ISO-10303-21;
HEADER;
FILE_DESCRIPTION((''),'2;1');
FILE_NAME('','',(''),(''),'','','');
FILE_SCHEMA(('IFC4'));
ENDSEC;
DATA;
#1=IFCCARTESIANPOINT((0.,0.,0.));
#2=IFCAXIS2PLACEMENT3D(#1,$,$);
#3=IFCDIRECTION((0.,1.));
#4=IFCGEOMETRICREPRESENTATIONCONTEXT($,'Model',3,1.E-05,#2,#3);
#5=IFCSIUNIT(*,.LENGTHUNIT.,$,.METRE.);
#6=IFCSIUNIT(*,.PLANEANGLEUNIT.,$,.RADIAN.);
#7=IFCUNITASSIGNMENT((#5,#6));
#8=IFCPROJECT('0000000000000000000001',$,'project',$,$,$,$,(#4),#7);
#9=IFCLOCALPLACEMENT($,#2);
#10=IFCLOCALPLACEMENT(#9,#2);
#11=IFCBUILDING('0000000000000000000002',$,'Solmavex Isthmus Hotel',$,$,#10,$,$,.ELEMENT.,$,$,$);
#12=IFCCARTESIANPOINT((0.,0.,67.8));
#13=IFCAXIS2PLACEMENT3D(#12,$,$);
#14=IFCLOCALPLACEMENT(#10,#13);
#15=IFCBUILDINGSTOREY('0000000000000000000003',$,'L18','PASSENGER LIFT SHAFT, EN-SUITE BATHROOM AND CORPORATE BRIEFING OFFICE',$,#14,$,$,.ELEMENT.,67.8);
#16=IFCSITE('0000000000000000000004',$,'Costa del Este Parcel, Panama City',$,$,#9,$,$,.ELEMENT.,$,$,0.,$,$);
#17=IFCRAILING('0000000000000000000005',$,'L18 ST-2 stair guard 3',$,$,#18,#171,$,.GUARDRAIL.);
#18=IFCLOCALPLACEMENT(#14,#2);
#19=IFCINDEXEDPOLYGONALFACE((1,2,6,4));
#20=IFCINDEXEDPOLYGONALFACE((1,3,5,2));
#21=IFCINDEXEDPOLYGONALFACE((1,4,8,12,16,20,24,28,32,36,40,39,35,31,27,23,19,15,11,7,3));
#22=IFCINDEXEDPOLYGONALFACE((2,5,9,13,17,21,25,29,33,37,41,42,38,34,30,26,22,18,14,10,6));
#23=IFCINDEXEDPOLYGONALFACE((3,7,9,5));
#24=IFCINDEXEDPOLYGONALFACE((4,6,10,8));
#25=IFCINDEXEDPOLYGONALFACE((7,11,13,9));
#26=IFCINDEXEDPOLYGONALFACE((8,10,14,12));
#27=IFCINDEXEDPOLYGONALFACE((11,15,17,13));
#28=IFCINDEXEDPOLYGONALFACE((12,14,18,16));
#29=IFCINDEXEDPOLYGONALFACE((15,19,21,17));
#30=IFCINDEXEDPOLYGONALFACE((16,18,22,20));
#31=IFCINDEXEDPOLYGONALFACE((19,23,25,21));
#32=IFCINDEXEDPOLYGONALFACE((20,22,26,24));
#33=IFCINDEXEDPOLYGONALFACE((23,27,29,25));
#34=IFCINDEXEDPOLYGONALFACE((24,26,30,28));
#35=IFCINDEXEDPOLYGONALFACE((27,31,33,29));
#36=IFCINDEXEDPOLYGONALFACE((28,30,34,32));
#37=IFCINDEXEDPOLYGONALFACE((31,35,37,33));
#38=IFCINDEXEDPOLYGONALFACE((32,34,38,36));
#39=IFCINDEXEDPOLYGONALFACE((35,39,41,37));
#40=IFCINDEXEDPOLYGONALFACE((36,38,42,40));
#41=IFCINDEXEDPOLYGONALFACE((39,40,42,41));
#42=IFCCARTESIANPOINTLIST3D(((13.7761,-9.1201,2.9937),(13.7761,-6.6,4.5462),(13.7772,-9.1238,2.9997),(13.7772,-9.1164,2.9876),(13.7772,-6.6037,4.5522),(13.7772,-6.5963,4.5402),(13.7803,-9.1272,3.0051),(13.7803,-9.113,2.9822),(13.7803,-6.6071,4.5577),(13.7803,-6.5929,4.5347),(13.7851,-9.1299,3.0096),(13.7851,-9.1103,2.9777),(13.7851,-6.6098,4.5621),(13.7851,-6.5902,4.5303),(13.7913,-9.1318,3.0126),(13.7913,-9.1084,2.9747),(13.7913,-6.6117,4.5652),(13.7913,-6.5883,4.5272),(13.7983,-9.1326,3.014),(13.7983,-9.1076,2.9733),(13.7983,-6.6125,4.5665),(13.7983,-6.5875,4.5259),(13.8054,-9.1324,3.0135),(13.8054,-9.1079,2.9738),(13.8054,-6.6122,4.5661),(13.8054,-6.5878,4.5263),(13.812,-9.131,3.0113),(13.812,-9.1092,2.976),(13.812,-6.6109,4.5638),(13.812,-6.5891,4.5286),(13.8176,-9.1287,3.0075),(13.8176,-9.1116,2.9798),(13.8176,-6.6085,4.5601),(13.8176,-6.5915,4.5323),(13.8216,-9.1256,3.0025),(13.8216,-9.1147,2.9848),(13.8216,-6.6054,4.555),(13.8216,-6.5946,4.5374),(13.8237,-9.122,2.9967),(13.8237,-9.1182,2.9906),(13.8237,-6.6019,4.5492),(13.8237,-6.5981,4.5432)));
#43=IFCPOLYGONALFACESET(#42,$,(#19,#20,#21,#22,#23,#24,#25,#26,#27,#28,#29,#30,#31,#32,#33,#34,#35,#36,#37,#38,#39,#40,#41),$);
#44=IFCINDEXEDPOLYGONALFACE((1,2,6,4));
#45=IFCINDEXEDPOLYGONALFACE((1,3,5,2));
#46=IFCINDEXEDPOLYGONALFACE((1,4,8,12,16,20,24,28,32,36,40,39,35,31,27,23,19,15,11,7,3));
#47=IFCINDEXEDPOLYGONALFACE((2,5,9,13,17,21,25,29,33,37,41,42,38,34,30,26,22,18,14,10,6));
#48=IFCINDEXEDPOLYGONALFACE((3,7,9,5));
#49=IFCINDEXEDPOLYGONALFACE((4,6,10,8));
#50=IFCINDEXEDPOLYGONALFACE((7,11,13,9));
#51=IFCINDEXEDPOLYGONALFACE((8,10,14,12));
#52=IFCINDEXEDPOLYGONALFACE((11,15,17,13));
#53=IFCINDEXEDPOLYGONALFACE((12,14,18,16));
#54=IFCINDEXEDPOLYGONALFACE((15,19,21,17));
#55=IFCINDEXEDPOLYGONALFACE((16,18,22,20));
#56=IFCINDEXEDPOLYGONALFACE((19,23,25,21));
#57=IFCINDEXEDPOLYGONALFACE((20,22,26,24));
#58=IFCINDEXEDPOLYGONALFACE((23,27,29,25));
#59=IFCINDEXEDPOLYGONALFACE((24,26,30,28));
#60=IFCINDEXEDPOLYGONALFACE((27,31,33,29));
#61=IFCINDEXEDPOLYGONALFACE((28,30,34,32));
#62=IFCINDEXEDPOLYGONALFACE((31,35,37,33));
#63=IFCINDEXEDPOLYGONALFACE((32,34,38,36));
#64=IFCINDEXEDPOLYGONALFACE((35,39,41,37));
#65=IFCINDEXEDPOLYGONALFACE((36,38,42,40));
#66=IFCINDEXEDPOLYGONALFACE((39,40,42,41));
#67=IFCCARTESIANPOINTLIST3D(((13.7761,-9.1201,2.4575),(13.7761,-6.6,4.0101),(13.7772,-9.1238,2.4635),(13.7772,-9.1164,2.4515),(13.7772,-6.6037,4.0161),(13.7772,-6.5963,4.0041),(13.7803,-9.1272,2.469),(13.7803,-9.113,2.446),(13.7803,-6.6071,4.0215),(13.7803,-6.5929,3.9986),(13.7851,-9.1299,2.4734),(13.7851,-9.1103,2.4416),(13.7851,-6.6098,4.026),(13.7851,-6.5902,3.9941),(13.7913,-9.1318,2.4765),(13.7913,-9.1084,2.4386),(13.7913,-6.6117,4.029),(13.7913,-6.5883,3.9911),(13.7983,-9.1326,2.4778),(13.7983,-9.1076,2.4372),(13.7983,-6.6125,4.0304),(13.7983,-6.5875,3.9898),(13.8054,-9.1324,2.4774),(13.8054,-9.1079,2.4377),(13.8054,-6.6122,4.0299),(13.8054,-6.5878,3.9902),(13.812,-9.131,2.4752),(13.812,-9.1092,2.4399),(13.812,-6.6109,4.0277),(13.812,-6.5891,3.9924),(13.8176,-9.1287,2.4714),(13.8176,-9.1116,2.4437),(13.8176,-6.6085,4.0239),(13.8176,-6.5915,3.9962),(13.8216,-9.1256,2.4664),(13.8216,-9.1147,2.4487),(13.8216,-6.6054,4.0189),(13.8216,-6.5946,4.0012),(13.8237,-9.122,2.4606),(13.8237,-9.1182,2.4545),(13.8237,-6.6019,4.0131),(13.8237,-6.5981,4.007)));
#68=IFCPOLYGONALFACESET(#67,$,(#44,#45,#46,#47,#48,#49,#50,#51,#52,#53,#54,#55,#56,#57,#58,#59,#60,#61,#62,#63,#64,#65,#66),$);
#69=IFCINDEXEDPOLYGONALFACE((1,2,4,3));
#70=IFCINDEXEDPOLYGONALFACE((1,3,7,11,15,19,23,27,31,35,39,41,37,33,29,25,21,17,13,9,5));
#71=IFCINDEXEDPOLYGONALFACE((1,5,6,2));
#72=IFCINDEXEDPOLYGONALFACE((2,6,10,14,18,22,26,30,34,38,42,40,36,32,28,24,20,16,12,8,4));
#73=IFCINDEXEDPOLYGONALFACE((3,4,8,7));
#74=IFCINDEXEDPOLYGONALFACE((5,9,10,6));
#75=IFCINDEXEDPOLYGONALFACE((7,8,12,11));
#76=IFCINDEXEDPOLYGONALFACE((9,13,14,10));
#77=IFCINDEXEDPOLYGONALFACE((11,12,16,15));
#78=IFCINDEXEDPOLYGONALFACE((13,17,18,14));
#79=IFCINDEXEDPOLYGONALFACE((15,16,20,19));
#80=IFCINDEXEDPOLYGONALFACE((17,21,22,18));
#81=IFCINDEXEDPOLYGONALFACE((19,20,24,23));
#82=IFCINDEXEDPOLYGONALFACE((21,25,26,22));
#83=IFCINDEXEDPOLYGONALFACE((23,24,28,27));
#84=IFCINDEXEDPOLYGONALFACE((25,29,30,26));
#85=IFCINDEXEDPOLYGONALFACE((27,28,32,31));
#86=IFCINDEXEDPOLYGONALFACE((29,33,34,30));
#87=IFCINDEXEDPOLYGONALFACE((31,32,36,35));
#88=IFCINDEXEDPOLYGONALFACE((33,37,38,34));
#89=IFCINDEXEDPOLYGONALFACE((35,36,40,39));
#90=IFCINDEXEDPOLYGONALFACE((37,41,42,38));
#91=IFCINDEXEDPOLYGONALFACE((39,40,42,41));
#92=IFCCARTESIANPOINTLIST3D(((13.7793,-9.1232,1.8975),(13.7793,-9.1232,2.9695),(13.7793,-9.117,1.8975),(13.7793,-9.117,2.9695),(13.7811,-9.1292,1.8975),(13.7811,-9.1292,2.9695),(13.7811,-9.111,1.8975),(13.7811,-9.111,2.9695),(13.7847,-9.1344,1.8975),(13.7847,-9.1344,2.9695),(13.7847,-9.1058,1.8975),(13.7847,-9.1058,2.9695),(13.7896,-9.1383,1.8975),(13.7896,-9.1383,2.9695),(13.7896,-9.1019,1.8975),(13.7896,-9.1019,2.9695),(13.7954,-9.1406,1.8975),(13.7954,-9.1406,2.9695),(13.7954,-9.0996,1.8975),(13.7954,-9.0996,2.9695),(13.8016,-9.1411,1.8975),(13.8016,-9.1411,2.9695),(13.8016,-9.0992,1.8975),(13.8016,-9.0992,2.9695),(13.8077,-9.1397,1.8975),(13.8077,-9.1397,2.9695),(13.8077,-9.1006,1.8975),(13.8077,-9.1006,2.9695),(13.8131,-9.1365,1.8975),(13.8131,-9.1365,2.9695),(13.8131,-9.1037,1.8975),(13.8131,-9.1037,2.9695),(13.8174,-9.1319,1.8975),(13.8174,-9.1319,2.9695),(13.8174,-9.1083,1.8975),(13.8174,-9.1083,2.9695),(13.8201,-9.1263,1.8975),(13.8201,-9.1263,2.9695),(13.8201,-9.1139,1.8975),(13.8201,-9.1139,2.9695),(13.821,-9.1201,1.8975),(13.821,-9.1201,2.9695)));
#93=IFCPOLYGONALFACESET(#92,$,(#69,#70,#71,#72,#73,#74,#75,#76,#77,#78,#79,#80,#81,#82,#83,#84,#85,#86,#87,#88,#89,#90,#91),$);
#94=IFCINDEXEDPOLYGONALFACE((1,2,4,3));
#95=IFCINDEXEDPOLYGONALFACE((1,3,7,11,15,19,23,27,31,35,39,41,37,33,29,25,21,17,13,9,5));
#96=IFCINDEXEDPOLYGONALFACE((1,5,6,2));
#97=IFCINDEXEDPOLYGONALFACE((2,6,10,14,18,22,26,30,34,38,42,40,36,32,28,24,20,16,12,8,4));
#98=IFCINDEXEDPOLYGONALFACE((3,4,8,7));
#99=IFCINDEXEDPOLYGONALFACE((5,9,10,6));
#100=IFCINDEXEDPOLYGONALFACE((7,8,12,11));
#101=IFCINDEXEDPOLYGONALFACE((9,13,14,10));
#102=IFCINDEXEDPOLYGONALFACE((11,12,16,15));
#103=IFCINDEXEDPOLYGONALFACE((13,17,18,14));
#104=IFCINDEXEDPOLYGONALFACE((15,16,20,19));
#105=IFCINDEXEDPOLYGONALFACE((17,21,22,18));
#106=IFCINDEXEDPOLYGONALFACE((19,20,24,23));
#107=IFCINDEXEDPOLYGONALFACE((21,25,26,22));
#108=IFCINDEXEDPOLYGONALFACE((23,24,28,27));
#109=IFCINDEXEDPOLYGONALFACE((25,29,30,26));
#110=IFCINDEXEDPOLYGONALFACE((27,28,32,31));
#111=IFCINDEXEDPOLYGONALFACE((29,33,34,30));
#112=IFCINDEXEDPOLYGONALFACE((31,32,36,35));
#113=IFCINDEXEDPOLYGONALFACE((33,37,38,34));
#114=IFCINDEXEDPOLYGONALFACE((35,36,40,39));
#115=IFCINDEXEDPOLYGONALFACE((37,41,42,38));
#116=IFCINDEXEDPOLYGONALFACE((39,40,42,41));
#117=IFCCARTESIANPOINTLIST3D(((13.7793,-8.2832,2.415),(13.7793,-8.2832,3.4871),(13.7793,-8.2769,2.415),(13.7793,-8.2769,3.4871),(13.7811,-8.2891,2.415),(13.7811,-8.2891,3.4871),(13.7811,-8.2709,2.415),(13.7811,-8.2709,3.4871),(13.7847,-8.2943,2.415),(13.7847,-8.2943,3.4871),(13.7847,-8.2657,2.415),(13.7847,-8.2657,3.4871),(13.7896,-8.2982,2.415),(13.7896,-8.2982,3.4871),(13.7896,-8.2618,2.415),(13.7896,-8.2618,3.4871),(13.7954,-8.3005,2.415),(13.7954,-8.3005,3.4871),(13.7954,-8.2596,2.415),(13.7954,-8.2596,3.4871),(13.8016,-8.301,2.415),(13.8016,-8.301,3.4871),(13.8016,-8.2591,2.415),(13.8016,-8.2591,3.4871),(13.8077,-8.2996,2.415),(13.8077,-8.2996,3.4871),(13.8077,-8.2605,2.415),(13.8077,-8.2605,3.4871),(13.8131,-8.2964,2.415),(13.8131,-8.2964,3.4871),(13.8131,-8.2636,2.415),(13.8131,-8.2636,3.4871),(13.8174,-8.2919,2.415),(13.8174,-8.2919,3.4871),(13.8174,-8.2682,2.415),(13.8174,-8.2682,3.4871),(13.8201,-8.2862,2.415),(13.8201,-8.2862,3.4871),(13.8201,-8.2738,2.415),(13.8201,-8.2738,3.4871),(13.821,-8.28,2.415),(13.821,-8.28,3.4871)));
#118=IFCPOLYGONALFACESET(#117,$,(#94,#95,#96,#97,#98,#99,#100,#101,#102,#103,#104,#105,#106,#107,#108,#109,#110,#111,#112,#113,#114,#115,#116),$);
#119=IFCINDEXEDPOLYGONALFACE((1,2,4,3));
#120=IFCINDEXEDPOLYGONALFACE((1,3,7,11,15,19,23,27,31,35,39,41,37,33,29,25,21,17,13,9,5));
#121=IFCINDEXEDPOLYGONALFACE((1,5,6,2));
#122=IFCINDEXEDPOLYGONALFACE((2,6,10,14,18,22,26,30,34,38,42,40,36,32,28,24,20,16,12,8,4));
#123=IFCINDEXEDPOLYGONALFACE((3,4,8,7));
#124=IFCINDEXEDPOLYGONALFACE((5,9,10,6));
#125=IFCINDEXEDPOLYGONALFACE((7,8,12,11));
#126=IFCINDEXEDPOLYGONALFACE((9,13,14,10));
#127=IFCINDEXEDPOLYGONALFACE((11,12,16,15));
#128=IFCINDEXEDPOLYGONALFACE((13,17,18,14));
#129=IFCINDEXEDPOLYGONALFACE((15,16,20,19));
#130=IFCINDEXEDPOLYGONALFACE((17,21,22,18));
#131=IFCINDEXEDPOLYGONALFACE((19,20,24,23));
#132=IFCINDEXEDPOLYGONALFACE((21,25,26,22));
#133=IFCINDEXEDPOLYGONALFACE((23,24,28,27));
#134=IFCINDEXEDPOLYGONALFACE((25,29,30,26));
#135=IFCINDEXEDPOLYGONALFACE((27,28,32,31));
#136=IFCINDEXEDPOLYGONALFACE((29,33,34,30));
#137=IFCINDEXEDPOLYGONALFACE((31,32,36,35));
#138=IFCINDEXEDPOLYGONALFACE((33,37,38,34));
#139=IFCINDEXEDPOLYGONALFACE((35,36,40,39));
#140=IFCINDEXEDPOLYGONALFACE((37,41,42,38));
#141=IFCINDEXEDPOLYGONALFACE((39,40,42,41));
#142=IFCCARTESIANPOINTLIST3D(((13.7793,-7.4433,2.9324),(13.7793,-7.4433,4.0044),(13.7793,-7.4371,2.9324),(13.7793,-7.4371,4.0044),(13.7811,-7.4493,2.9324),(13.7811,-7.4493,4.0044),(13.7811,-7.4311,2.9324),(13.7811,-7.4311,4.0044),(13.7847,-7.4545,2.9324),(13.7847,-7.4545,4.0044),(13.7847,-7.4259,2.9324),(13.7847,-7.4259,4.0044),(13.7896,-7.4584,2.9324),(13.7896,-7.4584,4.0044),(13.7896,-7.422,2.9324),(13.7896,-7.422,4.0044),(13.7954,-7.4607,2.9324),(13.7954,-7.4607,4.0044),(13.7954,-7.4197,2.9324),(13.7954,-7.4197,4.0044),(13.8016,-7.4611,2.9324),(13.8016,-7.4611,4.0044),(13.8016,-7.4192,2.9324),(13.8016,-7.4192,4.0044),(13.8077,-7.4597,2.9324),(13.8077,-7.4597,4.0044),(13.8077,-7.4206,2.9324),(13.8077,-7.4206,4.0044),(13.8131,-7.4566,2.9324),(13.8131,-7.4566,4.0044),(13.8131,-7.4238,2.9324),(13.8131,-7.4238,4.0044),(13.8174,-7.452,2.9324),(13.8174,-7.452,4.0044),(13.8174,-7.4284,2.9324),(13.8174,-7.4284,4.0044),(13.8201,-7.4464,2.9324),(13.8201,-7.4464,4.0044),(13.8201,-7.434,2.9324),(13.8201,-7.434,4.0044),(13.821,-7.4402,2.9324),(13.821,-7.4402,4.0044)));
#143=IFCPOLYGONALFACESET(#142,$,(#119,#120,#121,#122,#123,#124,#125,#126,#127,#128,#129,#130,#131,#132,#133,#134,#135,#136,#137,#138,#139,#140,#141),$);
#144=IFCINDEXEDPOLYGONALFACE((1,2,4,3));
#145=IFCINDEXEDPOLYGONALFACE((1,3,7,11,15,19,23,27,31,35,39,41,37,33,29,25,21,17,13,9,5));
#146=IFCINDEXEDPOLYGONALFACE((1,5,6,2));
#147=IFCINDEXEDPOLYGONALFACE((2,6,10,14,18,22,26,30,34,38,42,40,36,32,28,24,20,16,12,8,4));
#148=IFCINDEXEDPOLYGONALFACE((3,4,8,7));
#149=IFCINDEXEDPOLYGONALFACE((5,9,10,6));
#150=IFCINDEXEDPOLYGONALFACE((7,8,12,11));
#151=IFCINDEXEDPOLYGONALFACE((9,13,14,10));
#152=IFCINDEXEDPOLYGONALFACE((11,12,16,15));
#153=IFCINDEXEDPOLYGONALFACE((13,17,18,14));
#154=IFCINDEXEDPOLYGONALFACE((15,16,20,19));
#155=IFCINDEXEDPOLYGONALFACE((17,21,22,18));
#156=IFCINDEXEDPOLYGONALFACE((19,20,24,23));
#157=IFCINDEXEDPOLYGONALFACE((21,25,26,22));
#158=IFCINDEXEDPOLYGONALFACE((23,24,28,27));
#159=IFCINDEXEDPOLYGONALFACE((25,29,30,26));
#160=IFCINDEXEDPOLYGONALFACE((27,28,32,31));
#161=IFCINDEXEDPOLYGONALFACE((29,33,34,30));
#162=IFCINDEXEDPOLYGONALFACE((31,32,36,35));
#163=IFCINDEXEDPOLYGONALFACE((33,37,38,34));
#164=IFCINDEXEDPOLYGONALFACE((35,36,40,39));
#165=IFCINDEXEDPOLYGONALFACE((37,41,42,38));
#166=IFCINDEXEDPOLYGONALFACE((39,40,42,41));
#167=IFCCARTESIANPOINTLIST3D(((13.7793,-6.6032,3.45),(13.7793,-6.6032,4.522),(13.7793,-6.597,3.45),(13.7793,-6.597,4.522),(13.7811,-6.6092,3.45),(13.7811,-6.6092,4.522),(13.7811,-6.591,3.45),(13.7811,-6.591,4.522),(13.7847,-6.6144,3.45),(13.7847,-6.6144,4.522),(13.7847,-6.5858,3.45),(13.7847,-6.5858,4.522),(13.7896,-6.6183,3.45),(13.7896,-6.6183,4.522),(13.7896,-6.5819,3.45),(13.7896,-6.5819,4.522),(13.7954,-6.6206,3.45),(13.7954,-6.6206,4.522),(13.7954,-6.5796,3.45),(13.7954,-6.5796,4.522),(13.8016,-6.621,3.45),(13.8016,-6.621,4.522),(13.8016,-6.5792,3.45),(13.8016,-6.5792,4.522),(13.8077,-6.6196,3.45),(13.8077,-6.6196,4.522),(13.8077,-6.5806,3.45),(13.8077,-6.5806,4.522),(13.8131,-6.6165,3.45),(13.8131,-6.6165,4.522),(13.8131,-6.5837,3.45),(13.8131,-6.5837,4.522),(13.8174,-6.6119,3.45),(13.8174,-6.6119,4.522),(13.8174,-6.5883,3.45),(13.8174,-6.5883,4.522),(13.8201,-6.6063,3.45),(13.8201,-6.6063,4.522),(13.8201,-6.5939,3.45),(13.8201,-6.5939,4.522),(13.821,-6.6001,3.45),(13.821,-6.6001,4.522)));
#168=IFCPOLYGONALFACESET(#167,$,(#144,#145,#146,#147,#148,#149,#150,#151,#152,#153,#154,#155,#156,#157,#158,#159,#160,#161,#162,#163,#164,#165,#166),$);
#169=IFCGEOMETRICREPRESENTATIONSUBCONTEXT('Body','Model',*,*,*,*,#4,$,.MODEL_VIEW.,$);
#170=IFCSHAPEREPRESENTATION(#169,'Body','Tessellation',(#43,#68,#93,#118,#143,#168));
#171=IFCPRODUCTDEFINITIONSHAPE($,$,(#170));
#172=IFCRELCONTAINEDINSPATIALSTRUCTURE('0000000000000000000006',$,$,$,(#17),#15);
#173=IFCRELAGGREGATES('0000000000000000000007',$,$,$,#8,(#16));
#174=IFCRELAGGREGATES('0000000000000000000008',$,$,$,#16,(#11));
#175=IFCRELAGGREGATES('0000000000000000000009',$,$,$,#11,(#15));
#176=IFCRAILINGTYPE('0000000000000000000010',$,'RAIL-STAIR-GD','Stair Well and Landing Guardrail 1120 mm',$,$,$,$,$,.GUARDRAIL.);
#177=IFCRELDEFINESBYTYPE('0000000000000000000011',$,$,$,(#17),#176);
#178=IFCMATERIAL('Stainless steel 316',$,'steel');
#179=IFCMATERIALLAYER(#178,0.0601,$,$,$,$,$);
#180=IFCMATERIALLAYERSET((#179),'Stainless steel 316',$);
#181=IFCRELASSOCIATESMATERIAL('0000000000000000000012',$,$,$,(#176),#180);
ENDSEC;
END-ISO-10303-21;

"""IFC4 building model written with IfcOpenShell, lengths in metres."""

from ifc_helpers import new_model, si_unit, direction, frame, origin, origin_2d, place, context, subcontext, project, spatial, circle, extrude, material, layer, layer_set, type_object, element, save


model = new_model("IFC4")

# Units and contexts
model_context = context("Model", 3, precision=1e-05, world=origin(), true_north=direction((0.0, 1.0)))
body_context = subcontext(model_context, "Body", "Model", "MODEL_VIEW")
ifc_project = project(units=[si_unit("LENGTHUNIT", "METRE"), si_unit("PLANEANGLEUNIT", "RADIAN")], contexts=[model_context])

# Site, building, storey
site_placement = place(None, origin())
site = spatial("IfcSite", under=ifc_project, at=site_placement, Name="Costa del Este Parcel, Panama City", CompositionType="ELEMENT", RefElevation=0.0)
building_placement = place(site_placement, origin())
building = spatial("IfcBuilding", under=site, at=building_placement, Name="Solmavex Isthmus Hotel", CompositionType="ELEMENT")
storey_placement = place(building_placement, frame((0.0, 0.0, 67.8)))
storey = spatial("IfcBuildingStorey", under=building, at=storey_placement, Name="L18", Description="PASSENGER LIFT SHAFT, EN-SUITE BATHROOM AND CORPORATE BRIEFING OFFICE", CompositionType="ELEMENT", Elevation=67.8)

# Railing
ifc_material_1 = material(Name="Stainless steel 316", Category="steel")
ifc_layer_1 = layer(ifc_material_1, 0.0601)
ifc_layer_set_1 = layer_set([ifc_layer_1], Name="Stainless steel 316")
railing_type_1 = type_object("IfcRailingType", Name="RAIL-STAIR-GD", Description="Stair Well and Landing Guardrail 1120 mm", PredefinedType="GUARDRAIL", material=ifc_layer_set_1)
railing_1_placement = place(storey_placement, frame((13.8, -9.1201, 1.8975)))
element("IfcRailing", 1, at=railing_1_placement, inside=storey, type_object=railing_type_1, Name="L18 ST-2 stair guard 3", PredefinedType="GUARDRAIL", context=body_context, shape_type="SweptSolid", body=[
    extrude(circle(Radius=0.0239, at=origin_2d()), frame((0.0, 0.0, 1.0962), z_axis=(0.0, 0.8514, 0.524516), x_axis=(-1.0, 0.0, 0.0)), (0.0, 0.0, 1.0), 2.96),
    extrude(circle(Radius=0.0239, at=origin_2d()), frame((0.0, 0.0, 0.5601), z_axis=(0.0, 0.8514, 0.524516), x_axis=(-1.0, 0.0, 0.0)), (0.0, 0.0, 1.0), 2.96),
    extrude(circle(Radius=0.021, at=origin_2d()), origin(), (0.0, 0.0, 1.0), 1.072),
    extrude(circle(Radius=0.021, at=origin_2d()), frame((0.0, 0.8401, 0.5176)), (0.0, 0.0, 1.0), 1.072),
    extrude(circle(Radius=0.021, at=origin_2d()), frame((0.0, 1.6799, 1.0349)), (0.0, 0.0, 1.0), 1.072),
    extrude(circle(Radius=0.021, at=origin_2d()), frame((0.0, 2.52, 1.5525)), (0.0, 0.0, 1.0), 1.072),
])

save(model, "model.ifc")
